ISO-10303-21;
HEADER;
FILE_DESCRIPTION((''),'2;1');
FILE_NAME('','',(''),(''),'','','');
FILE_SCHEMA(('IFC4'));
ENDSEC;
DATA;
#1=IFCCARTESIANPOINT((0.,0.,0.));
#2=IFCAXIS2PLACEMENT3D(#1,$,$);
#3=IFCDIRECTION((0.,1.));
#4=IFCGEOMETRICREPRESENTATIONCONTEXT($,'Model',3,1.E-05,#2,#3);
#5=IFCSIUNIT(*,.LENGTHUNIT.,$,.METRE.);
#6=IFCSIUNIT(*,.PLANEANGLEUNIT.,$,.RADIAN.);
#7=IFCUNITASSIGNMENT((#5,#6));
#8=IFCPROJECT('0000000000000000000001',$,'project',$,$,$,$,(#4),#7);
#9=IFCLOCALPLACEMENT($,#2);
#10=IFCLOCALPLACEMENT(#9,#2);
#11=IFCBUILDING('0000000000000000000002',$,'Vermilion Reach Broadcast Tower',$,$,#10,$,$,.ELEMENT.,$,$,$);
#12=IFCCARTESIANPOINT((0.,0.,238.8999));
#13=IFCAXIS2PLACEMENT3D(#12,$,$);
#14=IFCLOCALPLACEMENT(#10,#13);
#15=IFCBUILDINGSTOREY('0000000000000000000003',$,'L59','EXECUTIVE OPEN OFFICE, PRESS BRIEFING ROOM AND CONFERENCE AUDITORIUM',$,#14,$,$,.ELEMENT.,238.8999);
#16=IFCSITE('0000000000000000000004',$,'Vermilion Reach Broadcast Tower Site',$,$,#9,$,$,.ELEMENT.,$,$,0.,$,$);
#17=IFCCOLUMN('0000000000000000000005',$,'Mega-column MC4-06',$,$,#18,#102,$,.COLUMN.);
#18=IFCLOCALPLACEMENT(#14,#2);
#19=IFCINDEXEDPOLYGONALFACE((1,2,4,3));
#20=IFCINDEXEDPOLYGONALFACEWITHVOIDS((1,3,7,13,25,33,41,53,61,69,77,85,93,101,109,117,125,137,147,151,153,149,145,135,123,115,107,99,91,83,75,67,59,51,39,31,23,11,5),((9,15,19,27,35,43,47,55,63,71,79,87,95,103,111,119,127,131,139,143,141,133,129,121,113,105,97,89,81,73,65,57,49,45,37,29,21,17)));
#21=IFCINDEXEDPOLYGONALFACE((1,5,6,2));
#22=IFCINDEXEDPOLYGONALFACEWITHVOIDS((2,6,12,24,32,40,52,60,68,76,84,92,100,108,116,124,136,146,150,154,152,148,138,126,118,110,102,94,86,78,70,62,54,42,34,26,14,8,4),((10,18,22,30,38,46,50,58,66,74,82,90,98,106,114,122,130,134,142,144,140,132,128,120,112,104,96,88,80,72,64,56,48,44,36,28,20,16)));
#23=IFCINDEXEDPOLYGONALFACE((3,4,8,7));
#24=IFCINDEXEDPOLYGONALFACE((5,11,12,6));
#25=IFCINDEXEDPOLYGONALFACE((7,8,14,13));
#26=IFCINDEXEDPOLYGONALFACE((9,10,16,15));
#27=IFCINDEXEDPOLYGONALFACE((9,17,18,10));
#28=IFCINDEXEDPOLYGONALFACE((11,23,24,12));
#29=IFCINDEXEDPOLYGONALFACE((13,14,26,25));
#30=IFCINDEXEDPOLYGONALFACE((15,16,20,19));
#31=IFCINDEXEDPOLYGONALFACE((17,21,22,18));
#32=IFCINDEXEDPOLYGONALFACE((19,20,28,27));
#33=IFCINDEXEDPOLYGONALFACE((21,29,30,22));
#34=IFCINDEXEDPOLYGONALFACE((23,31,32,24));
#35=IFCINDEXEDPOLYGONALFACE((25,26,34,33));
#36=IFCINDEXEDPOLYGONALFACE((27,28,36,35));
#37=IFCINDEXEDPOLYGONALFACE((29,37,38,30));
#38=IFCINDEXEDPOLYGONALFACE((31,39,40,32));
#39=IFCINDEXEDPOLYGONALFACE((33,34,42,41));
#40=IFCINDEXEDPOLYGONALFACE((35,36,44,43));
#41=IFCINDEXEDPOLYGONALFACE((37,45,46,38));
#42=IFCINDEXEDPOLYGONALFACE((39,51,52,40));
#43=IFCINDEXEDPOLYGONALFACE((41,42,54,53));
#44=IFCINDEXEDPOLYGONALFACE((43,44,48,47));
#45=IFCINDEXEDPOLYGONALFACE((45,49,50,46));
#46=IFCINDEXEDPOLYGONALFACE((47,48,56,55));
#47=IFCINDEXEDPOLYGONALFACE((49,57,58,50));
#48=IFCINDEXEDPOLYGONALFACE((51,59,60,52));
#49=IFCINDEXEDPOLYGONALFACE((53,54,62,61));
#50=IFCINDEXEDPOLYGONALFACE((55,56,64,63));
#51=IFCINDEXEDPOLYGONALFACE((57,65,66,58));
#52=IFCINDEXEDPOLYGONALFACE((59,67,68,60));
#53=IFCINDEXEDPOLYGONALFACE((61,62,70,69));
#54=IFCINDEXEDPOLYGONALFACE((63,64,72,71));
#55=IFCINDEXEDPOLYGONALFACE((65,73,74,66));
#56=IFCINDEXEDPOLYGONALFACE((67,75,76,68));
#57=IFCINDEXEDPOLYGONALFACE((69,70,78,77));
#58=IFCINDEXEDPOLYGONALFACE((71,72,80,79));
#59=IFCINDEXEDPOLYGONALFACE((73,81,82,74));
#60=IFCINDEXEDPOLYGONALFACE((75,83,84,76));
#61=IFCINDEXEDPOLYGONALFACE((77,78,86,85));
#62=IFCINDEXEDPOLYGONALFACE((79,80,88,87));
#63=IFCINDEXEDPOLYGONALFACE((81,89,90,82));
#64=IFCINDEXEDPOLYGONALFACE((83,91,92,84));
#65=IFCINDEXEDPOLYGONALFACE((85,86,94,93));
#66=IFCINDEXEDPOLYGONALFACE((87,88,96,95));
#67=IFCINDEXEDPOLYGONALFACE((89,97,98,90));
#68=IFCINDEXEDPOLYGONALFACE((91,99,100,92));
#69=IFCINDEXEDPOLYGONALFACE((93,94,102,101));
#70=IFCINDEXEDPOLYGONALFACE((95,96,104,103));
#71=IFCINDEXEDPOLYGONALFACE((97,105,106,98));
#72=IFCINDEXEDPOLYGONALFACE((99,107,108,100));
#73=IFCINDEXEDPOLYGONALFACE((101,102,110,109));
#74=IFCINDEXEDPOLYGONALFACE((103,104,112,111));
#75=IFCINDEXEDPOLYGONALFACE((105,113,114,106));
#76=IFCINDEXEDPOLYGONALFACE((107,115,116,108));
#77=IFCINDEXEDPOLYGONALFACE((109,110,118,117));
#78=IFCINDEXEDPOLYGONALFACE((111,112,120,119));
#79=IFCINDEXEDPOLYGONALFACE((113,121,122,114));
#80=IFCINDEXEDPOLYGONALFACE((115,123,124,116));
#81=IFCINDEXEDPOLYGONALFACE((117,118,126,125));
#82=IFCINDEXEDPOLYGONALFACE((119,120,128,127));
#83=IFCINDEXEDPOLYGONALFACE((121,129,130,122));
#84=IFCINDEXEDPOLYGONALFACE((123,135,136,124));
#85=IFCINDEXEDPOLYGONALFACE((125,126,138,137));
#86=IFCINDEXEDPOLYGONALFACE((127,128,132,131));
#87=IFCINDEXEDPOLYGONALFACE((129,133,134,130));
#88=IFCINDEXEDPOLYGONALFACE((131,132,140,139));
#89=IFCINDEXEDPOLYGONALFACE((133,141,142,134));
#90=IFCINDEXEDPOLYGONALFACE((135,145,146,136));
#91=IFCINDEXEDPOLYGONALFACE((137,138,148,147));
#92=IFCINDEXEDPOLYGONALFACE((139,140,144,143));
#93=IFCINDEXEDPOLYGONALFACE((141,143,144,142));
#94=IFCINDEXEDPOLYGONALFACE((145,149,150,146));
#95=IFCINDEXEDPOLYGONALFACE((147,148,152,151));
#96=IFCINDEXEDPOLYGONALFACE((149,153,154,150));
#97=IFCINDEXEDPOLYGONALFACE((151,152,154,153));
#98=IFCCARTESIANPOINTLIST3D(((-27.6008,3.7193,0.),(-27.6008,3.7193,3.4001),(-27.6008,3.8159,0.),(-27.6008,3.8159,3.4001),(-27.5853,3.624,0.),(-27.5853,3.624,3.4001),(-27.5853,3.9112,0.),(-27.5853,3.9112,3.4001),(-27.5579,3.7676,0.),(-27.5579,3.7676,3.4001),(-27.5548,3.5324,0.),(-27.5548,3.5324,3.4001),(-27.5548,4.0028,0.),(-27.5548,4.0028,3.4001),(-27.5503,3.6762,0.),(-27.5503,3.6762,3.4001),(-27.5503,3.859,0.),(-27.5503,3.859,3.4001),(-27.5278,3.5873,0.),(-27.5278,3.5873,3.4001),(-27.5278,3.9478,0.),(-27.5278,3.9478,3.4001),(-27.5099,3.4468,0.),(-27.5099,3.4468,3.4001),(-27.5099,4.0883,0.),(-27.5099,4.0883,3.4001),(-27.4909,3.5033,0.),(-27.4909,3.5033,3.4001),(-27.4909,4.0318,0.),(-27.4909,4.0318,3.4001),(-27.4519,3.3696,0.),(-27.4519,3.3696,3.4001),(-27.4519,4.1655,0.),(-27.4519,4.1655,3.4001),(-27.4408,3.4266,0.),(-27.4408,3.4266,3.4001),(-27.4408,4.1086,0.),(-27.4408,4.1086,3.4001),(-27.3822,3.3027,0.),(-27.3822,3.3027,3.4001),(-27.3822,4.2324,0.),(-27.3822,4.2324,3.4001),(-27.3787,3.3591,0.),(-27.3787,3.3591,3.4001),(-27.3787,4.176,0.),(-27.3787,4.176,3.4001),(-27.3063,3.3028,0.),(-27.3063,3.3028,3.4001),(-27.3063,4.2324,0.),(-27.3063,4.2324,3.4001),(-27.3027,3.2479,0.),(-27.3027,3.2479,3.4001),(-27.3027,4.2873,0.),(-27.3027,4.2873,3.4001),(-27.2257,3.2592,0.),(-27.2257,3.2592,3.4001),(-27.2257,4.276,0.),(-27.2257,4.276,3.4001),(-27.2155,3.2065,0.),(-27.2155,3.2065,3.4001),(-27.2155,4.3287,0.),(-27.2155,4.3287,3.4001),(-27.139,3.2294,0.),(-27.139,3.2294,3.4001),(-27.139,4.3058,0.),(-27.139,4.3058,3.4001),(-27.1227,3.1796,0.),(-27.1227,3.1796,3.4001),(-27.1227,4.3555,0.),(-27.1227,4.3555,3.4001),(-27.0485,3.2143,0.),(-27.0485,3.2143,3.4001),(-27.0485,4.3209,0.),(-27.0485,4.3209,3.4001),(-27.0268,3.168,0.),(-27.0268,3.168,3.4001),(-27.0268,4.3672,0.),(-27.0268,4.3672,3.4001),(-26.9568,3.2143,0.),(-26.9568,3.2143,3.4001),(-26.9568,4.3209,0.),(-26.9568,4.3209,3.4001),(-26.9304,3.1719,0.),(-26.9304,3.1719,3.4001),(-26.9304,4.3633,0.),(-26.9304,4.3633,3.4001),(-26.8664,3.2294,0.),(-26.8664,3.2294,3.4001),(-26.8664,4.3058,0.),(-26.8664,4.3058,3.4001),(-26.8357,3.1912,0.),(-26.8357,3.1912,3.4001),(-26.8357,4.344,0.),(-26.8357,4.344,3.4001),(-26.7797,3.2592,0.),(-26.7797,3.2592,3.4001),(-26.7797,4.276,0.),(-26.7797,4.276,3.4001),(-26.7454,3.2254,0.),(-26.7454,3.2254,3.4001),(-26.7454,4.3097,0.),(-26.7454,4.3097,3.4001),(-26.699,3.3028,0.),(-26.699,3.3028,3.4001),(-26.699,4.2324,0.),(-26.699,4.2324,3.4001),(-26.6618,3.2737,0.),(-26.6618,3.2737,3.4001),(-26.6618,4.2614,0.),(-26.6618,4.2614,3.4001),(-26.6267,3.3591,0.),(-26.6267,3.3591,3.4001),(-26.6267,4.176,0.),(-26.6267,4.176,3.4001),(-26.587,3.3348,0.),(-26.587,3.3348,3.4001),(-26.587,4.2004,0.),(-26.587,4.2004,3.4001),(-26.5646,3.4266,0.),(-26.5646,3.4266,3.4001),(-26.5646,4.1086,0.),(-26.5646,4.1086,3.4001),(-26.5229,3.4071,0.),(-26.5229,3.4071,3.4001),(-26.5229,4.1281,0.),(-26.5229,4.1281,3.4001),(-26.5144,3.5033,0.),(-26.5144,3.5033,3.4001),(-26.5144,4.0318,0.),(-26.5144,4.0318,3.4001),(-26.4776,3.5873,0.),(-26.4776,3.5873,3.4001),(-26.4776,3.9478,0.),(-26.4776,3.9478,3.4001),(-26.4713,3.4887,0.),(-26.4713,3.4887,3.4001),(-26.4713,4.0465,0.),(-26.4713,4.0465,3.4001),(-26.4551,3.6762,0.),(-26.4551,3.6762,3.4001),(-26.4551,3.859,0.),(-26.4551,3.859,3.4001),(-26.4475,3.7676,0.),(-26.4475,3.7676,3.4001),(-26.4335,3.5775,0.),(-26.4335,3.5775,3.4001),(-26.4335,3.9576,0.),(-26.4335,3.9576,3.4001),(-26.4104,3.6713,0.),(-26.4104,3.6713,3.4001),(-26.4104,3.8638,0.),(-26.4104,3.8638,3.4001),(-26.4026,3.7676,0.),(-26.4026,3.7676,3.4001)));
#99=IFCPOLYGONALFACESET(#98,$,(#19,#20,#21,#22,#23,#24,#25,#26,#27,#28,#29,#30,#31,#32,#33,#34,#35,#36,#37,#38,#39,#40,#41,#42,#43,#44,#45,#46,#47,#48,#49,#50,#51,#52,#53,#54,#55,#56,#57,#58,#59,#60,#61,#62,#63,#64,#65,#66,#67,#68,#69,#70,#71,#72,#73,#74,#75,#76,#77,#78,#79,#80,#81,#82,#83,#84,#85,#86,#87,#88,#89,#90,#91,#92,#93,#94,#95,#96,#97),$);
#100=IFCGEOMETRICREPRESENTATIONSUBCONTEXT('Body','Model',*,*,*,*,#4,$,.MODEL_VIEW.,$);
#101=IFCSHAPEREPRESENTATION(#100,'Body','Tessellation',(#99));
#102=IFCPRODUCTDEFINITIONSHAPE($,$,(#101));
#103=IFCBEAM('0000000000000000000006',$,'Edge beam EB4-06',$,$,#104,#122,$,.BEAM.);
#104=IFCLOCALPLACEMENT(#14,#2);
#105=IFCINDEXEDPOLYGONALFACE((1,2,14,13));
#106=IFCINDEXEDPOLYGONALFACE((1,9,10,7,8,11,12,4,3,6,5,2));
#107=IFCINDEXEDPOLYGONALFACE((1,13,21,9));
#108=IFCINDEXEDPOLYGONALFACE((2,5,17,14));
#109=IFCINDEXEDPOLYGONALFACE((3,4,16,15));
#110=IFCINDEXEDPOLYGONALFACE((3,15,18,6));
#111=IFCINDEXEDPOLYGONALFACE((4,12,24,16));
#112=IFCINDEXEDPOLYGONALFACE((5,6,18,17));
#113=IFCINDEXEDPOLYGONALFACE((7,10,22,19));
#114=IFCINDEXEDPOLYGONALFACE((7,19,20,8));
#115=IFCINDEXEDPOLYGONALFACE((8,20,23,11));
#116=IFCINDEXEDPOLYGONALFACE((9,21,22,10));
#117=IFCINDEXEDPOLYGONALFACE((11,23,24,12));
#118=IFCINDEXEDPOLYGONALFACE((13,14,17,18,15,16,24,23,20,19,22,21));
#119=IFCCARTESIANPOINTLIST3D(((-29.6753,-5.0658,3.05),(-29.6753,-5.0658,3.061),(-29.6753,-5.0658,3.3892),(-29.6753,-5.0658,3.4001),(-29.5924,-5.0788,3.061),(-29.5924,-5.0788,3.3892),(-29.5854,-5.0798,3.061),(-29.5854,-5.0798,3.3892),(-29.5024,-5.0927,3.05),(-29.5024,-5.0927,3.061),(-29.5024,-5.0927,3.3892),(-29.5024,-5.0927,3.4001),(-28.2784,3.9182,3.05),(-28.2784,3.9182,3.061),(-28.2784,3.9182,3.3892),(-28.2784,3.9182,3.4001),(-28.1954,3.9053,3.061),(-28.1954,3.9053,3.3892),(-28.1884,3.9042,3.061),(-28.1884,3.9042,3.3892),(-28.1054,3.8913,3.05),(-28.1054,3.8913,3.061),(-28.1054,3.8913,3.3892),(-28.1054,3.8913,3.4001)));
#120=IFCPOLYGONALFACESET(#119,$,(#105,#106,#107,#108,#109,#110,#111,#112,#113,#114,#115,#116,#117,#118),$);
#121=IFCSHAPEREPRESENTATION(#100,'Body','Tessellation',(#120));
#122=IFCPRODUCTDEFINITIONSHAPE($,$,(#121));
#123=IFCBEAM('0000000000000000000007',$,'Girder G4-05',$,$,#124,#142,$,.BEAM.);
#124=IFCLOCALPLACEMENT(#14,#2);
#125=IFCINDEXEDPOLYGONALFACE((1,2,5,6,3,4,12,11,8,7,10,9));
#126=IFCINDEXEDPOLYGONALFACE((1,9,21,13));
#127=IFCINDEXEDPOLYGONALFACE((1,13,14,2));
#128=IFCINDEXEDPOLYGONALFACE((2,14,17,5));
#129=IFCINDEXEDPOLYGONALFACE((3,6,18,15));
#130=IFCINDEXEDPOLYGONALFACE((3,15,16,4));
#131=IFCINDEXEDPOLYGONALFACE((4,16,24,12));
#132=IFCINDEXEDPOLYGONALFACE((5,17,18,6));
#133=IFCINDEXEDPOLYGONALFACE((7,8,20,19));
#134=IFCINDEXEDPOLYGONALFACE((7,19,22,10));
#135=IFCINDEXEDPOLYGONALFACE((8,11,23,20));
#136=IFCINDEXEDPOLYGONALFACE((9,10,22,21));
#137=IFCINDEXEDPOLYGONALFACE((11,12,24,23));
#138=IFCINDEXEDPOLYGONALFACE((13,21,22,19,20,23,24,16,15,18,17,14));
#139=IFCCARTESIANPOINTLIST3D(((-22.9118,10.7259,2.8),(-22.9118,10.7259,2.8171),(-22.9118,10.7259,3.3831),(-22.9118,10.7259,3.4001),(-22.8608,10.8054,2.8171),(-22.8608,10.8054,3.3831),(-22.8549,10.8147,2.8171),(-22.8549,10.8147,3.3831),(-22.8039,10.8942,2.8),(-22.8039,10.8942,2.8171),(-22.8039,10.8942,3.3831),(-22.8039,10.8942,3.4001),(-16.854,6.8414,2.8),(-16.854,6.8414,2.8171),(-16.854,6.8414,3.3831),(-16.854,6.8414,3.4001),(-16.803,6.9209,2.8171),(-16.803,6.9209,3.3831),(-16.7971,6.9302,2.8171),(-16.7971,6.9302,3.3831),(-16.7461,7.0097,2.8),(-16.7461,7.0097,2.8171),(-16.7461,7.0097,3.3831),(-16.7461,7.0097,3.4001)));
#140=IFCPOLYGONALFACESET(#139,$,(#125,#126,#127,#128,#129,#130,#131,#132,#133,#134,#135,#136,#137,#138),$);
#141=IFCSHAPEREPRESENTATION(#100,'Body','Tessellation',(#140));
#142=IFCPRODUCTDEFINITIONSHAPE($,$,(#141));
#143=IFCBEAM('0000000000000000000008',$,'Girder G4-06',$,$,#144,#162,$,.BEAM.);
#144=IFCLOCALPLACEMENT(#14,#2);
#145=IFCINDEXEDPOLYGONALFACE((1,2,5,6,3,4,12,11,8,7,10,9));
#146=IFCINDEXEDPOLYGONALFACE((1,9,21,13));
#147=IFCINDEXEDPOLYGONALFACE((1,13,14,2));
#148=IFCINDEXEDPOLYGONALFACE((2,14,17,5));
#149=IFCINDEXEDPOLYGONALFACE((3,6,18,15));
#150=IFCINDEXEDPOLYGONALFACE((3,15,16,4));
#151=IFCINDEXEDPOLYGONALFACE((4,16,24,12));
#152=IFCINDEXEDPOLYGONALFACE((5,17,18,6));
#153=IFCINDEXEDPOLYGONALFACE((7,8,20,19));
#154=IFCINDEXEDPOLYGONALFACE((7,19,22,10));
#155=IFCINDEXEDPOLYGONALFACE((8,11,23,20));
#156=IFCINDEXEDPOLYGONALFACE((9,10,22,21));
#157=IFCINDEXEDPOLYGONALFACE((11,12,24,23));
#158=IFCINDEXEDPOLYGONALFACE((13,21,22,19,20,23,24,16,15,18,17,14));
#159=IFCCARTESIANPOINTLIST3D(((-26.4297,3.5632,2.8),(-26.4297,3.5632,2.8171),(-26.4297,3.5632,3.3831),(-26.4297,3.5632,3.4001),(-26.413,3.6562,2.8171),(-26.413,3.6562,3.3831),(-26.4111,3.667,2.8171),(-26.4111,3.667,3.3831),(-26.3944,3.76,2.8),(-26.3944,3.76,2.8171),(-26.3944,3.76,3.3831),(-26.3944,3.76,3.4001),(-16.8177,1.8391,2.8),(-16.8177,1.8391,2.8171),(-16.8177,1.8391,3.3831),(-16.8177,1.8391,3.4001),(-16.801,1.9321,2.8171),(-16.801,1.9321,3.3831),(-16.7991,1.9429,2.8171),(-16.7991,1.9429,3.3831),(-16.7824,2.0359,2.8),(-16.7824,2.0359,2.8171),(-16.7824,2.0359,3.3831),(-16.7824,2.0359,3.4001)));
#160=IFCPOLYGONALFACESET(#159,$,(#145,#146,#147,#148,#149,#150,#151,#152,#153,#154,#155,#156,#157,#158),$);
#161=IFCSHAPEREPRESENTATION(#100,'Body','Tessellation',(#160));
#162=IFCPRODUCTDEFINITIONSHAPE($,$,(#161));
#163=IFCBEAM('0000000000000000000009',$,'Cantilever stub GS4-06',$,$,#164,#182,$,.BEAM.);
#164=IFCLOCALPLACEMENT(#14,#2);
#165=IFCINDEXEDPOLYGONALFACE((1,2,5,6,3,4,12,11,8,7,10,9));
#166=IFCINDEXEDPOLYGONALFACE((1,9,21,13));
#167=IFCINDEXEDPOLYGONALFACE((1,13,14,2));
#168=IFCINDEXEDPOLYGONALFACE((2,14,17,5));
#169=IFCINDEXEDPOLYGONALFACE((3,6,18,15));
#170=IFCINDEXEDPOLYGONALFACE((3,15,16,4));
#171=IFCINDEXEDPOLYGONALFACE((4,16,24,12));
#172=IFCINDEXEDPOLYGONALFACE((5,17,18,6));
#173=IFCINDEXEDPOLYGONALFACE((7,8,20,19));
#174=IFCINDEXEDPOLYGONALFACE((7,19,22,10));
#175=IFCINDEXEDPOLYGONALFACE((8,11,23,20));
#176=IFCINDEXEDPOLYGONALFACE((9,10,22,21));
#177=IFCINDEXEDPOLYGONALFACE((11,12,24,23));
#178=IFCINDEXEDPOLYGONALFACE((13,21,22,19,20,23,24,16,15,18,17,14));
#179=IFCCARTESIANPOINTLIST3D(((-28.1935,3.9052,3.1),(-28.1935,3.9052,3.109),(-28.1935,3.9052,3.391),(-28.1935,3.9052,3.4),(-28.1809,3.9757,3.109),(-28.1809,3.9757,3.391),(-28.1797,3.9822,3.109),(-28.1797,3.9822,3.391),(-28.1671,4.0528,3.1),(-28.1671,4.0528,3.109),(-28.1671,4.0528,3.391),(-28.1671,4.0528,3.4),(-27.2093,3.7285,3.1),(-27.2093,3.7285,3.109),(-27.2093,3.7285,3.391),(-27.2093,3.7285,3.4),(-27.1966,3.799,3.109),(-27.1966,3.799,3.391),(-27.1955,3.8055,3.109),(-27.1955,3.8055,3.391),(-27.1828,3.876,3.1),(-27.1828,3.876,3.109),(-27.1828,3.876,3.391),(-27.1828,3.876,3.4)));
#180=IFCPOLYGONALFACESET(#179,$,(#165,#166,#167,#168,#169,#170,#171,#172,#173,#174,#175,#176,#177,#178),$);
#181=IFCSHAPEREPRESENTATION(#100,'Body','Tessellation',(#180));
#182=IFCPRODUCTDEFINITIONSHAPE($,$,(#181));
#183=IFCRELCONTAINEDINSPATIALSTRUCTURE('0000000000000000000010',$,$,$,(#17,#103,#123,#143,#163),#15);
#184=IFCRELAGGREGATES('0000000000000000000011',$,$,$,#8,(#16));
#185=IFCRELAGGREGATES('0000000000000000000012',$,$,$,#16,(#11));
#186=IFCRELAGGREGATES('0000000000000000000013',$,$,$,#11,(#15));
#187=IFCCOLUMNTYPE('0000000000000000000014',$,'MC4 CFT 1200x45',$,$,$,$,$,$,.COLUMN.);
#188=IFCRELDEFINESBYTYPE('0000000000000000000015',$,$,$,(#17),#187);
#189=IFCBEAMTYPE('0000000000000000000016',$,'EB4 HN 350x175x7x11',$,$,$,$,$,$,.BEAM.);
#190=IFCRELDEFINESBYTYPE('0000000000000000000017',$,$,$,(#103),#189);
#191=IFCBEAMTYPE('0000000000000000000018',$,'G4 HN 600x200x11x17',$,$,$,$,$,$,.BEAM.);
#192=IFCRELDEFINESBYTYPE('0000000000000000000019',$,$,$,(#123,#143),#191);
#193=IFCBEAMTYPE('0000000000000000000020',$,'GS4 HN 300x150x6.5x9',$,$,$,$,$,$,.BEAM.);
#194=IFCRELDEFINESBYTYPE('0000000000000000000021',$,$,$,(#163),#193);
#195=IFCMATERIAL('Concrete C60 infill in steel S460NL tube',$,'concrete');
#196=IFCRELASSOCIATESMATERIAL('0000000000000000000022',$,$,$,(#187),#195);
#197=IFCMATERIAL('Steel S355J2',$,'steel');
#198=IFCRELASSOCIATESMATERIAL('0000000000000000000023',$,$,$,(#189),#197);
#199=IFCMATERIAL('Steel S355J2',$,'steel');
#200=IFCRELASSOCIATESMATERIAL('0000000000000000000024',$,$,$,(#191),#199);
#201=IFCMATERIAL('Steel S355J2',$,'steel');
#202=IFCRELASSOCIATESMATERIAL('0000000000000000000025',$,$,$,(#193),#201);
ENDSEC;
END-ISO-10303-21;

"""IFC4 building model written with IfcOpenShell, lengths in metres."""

from ifc_helpers import new_model, si_unit, direction, frame, origin, origin_2d, place, context, subcontext, project, spatial, hollow_circle, i_section, extrude, material, material_profile, profile_set, type_object, element, save


model = new_model("IFC4")

# Units and contexts
model_context = context("Model", 3, precision=1e-05, world=origin(), true_north=direction((0.0, 1.0)))
body_context = subcontext(model_context, "Body", "Model", "MODEL_VIEW")
ifc_project = project(units=[si_unit("LENGTHUNIT", "METRE"), si_unit("PLANEANGLEUNIT", "RADIAN")], contexts=[model_context])

# Site, building, storey
site_placement = place(None, origin())
site = spatial("IfcSite", under=ifc_project, at=site_placement, Name="Vermilion Reach Broadcast Tower Site", CompositionType="ELEMENT", RefElevation=0.0)
building_placement = place(site_placement, origin())
building = spatial("IfcBuilding", under=site, at=building_placement, Name="Vermilion Reach Broadcast Tower", CompositionType="ELEMENT")
storey_placement = place(building_placement, frame((0.0, 0.0, 238.8999)))
storey = spatial("IfcBuildingStorey", under=building, at=storey_placement, Name="L59", Description="EXECUTIVE OPEN OFFICE, PRESS BRIEFING ROOM AND CONFERENCE AUDITORIUM", CompositionType="ELEMENT", Elevation=238.8999)

# Column
ifc_material_1 = material(Name="Concrete C60 infill in steel S460NL tube", Category="concrete")
ifc_material_profile_1 = material_profile(ifc_material_1, hollow_circle(Radius=0.6001, WallThickness=0.0449, at=origin_2d()), Name="Concrete C60 infill in steel S460NL tube CFT 1200x45")
ifc_profile_set_1 = profile_set([ifc_material_profile_1], Name="Concrete C60 infill in steel S460NL tube")
column_type = type_object("IfcColumnType", Name="MC4 CFT 1200x45", PredefinedType="COLUMN", material=ifc_profile_set_1)
column_placement = place(storey_placement, frame((-27.0027, 3.7676, 0.0), z_axis=(0.0, 0.0, 1.0), x_axis=(1.0, 0.0, 0.0)))
element("IfcColumn", 1, at=column_placement, inside=storey, type_object=column_type, Name="Mega-column MC4-06", PredefinedType="COLUMN", context=body_context, shape_type="SweptSolid", body=[
    extrude(hollow_circle(Radius=0.6001, WallThickness=0.0449, at=origin_2d()), origin(), (0.0, 0.0, 1.0), 3.4001),
])

# Beams
ifc_material_2 = material(Name="Steel S355J2", Category="steel")
ifc_material_profile_2 = material_profile(ifc_material_2, i_section(OverallWidth=0.175, OverallDepth=0.3501, WebThickness=0.0071, FlangeThickness=0.011, at=origin_2d()), Name="S355J2 HN 350x175x7x11")
ifc_profile_set_2 = profile_set([ifc_material_profile_2], Name="Steel S355J2")
beam_type_1 = type_object("IfcBeamType", Name="EB4 HN 350x175x7x11", PredefinedType="BEAM", material=ifc_profile_set_2)
beam_1_placement = place(storey_placement, frame((-28.1919, 3.9048, 3.2251), z_axis=(-0.153647, -0.988126, 0.0), x_axis=(0.988126, -0.153647, 0.0)))
element("IfcBeam", 2, at=beam_1_placement, inside=storey, type_object=beam_type_1, Name="Edge beam EB4-06", PredefinedType="BEAM", context=body_context, shape_type="SweptSolid", body=[
    extrude(i_section(OverallWidth=0.175, OverallDepth=0.3501, WebThickness=0.0071, FlangeThickness=0.011, at=origin_2d()), origin(), (0.0, 0.0, 1.0), 9.092),
])
ifc_material_3 = material(Name="Steel S355J2", Category="steel")
ifc_material_profile_3 = material_profile(ifc_material_3, i_section(OverallWidth=0.2, OverallDepth=0.6001, WebThickness=0.011, FlangeThickness=0.0171, at=origin_2d()), Name="S355J2 HN 600x200x11x17")
ifc_profile_set_3 = profile_set([ifc_material_profile_3], Name="Steel S355J2")
beam_type_2 = type_object("IfcBeamType", Name="G4 HN 600x200x11x17", PredefinedType="BEAM", material=ifc_profile_set_3)
beam_2_placement = place(storey_placement, frame((-16.8, 6.9255, 3.1001), z_axis=(-0.841799, 0.539792, 0.0), x_axis=(-0.539792, -0.841799, 0.0)))
element("IfcBeam", 3, at=beam_2_placement, inside=storey, type_object=beam_type_2, Name="Girder G4-05", PredefinedType="BEAM", context=body_context, shape_type="SweptSolid", body=[
    extrude(i_section(OverallWidth=0.2, OverallDepth=0.6001, WebThickness=0.011, FlangeThickness=0.0171, at=origin_2d()), origin(), (0.0, 0.0, 1.0), 7.1963),
])
beam_3_placement = place(storey_placement, frame((-16.8, 1.9375, 3.1001), z_axis=(-0.984291, 0.176553, 0.0), x_axis=(-0.176553, -0.984291, 0.0)))
element("IfcBeam", 4, at=beam_3_placement, inside=storey, type_object=beam_type_2, Name="Girder G4-06", PredefinedType="BEAM", context=body_context, shape_type="SweptSolid", body=[
    extrude(i_section(OverallWidth=0.2, OverallDepth=0.6001, WebThickness=0.011, FlangeThickness=0.0171, at=origin_2d()), origin(), (0.0, 0.0, 1.0), 9.7654),
])
ifc_material_4 = material(Name="Steel S355J2", Category="steel")
ifc_material_profile_4 = material_profile(ifc_material_4, i_section(OverallWidth=0.1499, OverallDepth=0.3, WebThickness=0.0066, FlangeThickness=0.009, at=origin_2d()), Name="S355J2 HN 300x150x6.5x9")
ifc_profile_set_4 = profile_set([ifc_material_profile_4], Name="Steel S355J2")
beam_type_3 = type_object("IfcBeamType", Name="GS4 HN 300x150x6.5x9", PredefinedType="BEAM", material=ifc_profile_set_4)
beam_4_placement = place(storey_placement, frame((-27.196, 3.8022, 3.25), z_axis=(-0.984258, 0.176737, 0.0), x_axis=(-0.176737, -0.984258, 0.0)))
element("IfcBeam", 5, at=beam_4_placement, inside=storey, type_object=beam_type_3, Name="Cantilever stub GS4-06", PredefinedType="BEAM", context=body_context, shape_type="SweptSolid", body=[
    extrude(i_section(OverallWidth=0.1499, OverallDepth=0.3, WebThickness=0.0066, FlangeThickness=0.009, at=origin_2d()), origin(), (0.0, 0.0, 1.0), 1.0),
])

save(model, "model.ifc")
